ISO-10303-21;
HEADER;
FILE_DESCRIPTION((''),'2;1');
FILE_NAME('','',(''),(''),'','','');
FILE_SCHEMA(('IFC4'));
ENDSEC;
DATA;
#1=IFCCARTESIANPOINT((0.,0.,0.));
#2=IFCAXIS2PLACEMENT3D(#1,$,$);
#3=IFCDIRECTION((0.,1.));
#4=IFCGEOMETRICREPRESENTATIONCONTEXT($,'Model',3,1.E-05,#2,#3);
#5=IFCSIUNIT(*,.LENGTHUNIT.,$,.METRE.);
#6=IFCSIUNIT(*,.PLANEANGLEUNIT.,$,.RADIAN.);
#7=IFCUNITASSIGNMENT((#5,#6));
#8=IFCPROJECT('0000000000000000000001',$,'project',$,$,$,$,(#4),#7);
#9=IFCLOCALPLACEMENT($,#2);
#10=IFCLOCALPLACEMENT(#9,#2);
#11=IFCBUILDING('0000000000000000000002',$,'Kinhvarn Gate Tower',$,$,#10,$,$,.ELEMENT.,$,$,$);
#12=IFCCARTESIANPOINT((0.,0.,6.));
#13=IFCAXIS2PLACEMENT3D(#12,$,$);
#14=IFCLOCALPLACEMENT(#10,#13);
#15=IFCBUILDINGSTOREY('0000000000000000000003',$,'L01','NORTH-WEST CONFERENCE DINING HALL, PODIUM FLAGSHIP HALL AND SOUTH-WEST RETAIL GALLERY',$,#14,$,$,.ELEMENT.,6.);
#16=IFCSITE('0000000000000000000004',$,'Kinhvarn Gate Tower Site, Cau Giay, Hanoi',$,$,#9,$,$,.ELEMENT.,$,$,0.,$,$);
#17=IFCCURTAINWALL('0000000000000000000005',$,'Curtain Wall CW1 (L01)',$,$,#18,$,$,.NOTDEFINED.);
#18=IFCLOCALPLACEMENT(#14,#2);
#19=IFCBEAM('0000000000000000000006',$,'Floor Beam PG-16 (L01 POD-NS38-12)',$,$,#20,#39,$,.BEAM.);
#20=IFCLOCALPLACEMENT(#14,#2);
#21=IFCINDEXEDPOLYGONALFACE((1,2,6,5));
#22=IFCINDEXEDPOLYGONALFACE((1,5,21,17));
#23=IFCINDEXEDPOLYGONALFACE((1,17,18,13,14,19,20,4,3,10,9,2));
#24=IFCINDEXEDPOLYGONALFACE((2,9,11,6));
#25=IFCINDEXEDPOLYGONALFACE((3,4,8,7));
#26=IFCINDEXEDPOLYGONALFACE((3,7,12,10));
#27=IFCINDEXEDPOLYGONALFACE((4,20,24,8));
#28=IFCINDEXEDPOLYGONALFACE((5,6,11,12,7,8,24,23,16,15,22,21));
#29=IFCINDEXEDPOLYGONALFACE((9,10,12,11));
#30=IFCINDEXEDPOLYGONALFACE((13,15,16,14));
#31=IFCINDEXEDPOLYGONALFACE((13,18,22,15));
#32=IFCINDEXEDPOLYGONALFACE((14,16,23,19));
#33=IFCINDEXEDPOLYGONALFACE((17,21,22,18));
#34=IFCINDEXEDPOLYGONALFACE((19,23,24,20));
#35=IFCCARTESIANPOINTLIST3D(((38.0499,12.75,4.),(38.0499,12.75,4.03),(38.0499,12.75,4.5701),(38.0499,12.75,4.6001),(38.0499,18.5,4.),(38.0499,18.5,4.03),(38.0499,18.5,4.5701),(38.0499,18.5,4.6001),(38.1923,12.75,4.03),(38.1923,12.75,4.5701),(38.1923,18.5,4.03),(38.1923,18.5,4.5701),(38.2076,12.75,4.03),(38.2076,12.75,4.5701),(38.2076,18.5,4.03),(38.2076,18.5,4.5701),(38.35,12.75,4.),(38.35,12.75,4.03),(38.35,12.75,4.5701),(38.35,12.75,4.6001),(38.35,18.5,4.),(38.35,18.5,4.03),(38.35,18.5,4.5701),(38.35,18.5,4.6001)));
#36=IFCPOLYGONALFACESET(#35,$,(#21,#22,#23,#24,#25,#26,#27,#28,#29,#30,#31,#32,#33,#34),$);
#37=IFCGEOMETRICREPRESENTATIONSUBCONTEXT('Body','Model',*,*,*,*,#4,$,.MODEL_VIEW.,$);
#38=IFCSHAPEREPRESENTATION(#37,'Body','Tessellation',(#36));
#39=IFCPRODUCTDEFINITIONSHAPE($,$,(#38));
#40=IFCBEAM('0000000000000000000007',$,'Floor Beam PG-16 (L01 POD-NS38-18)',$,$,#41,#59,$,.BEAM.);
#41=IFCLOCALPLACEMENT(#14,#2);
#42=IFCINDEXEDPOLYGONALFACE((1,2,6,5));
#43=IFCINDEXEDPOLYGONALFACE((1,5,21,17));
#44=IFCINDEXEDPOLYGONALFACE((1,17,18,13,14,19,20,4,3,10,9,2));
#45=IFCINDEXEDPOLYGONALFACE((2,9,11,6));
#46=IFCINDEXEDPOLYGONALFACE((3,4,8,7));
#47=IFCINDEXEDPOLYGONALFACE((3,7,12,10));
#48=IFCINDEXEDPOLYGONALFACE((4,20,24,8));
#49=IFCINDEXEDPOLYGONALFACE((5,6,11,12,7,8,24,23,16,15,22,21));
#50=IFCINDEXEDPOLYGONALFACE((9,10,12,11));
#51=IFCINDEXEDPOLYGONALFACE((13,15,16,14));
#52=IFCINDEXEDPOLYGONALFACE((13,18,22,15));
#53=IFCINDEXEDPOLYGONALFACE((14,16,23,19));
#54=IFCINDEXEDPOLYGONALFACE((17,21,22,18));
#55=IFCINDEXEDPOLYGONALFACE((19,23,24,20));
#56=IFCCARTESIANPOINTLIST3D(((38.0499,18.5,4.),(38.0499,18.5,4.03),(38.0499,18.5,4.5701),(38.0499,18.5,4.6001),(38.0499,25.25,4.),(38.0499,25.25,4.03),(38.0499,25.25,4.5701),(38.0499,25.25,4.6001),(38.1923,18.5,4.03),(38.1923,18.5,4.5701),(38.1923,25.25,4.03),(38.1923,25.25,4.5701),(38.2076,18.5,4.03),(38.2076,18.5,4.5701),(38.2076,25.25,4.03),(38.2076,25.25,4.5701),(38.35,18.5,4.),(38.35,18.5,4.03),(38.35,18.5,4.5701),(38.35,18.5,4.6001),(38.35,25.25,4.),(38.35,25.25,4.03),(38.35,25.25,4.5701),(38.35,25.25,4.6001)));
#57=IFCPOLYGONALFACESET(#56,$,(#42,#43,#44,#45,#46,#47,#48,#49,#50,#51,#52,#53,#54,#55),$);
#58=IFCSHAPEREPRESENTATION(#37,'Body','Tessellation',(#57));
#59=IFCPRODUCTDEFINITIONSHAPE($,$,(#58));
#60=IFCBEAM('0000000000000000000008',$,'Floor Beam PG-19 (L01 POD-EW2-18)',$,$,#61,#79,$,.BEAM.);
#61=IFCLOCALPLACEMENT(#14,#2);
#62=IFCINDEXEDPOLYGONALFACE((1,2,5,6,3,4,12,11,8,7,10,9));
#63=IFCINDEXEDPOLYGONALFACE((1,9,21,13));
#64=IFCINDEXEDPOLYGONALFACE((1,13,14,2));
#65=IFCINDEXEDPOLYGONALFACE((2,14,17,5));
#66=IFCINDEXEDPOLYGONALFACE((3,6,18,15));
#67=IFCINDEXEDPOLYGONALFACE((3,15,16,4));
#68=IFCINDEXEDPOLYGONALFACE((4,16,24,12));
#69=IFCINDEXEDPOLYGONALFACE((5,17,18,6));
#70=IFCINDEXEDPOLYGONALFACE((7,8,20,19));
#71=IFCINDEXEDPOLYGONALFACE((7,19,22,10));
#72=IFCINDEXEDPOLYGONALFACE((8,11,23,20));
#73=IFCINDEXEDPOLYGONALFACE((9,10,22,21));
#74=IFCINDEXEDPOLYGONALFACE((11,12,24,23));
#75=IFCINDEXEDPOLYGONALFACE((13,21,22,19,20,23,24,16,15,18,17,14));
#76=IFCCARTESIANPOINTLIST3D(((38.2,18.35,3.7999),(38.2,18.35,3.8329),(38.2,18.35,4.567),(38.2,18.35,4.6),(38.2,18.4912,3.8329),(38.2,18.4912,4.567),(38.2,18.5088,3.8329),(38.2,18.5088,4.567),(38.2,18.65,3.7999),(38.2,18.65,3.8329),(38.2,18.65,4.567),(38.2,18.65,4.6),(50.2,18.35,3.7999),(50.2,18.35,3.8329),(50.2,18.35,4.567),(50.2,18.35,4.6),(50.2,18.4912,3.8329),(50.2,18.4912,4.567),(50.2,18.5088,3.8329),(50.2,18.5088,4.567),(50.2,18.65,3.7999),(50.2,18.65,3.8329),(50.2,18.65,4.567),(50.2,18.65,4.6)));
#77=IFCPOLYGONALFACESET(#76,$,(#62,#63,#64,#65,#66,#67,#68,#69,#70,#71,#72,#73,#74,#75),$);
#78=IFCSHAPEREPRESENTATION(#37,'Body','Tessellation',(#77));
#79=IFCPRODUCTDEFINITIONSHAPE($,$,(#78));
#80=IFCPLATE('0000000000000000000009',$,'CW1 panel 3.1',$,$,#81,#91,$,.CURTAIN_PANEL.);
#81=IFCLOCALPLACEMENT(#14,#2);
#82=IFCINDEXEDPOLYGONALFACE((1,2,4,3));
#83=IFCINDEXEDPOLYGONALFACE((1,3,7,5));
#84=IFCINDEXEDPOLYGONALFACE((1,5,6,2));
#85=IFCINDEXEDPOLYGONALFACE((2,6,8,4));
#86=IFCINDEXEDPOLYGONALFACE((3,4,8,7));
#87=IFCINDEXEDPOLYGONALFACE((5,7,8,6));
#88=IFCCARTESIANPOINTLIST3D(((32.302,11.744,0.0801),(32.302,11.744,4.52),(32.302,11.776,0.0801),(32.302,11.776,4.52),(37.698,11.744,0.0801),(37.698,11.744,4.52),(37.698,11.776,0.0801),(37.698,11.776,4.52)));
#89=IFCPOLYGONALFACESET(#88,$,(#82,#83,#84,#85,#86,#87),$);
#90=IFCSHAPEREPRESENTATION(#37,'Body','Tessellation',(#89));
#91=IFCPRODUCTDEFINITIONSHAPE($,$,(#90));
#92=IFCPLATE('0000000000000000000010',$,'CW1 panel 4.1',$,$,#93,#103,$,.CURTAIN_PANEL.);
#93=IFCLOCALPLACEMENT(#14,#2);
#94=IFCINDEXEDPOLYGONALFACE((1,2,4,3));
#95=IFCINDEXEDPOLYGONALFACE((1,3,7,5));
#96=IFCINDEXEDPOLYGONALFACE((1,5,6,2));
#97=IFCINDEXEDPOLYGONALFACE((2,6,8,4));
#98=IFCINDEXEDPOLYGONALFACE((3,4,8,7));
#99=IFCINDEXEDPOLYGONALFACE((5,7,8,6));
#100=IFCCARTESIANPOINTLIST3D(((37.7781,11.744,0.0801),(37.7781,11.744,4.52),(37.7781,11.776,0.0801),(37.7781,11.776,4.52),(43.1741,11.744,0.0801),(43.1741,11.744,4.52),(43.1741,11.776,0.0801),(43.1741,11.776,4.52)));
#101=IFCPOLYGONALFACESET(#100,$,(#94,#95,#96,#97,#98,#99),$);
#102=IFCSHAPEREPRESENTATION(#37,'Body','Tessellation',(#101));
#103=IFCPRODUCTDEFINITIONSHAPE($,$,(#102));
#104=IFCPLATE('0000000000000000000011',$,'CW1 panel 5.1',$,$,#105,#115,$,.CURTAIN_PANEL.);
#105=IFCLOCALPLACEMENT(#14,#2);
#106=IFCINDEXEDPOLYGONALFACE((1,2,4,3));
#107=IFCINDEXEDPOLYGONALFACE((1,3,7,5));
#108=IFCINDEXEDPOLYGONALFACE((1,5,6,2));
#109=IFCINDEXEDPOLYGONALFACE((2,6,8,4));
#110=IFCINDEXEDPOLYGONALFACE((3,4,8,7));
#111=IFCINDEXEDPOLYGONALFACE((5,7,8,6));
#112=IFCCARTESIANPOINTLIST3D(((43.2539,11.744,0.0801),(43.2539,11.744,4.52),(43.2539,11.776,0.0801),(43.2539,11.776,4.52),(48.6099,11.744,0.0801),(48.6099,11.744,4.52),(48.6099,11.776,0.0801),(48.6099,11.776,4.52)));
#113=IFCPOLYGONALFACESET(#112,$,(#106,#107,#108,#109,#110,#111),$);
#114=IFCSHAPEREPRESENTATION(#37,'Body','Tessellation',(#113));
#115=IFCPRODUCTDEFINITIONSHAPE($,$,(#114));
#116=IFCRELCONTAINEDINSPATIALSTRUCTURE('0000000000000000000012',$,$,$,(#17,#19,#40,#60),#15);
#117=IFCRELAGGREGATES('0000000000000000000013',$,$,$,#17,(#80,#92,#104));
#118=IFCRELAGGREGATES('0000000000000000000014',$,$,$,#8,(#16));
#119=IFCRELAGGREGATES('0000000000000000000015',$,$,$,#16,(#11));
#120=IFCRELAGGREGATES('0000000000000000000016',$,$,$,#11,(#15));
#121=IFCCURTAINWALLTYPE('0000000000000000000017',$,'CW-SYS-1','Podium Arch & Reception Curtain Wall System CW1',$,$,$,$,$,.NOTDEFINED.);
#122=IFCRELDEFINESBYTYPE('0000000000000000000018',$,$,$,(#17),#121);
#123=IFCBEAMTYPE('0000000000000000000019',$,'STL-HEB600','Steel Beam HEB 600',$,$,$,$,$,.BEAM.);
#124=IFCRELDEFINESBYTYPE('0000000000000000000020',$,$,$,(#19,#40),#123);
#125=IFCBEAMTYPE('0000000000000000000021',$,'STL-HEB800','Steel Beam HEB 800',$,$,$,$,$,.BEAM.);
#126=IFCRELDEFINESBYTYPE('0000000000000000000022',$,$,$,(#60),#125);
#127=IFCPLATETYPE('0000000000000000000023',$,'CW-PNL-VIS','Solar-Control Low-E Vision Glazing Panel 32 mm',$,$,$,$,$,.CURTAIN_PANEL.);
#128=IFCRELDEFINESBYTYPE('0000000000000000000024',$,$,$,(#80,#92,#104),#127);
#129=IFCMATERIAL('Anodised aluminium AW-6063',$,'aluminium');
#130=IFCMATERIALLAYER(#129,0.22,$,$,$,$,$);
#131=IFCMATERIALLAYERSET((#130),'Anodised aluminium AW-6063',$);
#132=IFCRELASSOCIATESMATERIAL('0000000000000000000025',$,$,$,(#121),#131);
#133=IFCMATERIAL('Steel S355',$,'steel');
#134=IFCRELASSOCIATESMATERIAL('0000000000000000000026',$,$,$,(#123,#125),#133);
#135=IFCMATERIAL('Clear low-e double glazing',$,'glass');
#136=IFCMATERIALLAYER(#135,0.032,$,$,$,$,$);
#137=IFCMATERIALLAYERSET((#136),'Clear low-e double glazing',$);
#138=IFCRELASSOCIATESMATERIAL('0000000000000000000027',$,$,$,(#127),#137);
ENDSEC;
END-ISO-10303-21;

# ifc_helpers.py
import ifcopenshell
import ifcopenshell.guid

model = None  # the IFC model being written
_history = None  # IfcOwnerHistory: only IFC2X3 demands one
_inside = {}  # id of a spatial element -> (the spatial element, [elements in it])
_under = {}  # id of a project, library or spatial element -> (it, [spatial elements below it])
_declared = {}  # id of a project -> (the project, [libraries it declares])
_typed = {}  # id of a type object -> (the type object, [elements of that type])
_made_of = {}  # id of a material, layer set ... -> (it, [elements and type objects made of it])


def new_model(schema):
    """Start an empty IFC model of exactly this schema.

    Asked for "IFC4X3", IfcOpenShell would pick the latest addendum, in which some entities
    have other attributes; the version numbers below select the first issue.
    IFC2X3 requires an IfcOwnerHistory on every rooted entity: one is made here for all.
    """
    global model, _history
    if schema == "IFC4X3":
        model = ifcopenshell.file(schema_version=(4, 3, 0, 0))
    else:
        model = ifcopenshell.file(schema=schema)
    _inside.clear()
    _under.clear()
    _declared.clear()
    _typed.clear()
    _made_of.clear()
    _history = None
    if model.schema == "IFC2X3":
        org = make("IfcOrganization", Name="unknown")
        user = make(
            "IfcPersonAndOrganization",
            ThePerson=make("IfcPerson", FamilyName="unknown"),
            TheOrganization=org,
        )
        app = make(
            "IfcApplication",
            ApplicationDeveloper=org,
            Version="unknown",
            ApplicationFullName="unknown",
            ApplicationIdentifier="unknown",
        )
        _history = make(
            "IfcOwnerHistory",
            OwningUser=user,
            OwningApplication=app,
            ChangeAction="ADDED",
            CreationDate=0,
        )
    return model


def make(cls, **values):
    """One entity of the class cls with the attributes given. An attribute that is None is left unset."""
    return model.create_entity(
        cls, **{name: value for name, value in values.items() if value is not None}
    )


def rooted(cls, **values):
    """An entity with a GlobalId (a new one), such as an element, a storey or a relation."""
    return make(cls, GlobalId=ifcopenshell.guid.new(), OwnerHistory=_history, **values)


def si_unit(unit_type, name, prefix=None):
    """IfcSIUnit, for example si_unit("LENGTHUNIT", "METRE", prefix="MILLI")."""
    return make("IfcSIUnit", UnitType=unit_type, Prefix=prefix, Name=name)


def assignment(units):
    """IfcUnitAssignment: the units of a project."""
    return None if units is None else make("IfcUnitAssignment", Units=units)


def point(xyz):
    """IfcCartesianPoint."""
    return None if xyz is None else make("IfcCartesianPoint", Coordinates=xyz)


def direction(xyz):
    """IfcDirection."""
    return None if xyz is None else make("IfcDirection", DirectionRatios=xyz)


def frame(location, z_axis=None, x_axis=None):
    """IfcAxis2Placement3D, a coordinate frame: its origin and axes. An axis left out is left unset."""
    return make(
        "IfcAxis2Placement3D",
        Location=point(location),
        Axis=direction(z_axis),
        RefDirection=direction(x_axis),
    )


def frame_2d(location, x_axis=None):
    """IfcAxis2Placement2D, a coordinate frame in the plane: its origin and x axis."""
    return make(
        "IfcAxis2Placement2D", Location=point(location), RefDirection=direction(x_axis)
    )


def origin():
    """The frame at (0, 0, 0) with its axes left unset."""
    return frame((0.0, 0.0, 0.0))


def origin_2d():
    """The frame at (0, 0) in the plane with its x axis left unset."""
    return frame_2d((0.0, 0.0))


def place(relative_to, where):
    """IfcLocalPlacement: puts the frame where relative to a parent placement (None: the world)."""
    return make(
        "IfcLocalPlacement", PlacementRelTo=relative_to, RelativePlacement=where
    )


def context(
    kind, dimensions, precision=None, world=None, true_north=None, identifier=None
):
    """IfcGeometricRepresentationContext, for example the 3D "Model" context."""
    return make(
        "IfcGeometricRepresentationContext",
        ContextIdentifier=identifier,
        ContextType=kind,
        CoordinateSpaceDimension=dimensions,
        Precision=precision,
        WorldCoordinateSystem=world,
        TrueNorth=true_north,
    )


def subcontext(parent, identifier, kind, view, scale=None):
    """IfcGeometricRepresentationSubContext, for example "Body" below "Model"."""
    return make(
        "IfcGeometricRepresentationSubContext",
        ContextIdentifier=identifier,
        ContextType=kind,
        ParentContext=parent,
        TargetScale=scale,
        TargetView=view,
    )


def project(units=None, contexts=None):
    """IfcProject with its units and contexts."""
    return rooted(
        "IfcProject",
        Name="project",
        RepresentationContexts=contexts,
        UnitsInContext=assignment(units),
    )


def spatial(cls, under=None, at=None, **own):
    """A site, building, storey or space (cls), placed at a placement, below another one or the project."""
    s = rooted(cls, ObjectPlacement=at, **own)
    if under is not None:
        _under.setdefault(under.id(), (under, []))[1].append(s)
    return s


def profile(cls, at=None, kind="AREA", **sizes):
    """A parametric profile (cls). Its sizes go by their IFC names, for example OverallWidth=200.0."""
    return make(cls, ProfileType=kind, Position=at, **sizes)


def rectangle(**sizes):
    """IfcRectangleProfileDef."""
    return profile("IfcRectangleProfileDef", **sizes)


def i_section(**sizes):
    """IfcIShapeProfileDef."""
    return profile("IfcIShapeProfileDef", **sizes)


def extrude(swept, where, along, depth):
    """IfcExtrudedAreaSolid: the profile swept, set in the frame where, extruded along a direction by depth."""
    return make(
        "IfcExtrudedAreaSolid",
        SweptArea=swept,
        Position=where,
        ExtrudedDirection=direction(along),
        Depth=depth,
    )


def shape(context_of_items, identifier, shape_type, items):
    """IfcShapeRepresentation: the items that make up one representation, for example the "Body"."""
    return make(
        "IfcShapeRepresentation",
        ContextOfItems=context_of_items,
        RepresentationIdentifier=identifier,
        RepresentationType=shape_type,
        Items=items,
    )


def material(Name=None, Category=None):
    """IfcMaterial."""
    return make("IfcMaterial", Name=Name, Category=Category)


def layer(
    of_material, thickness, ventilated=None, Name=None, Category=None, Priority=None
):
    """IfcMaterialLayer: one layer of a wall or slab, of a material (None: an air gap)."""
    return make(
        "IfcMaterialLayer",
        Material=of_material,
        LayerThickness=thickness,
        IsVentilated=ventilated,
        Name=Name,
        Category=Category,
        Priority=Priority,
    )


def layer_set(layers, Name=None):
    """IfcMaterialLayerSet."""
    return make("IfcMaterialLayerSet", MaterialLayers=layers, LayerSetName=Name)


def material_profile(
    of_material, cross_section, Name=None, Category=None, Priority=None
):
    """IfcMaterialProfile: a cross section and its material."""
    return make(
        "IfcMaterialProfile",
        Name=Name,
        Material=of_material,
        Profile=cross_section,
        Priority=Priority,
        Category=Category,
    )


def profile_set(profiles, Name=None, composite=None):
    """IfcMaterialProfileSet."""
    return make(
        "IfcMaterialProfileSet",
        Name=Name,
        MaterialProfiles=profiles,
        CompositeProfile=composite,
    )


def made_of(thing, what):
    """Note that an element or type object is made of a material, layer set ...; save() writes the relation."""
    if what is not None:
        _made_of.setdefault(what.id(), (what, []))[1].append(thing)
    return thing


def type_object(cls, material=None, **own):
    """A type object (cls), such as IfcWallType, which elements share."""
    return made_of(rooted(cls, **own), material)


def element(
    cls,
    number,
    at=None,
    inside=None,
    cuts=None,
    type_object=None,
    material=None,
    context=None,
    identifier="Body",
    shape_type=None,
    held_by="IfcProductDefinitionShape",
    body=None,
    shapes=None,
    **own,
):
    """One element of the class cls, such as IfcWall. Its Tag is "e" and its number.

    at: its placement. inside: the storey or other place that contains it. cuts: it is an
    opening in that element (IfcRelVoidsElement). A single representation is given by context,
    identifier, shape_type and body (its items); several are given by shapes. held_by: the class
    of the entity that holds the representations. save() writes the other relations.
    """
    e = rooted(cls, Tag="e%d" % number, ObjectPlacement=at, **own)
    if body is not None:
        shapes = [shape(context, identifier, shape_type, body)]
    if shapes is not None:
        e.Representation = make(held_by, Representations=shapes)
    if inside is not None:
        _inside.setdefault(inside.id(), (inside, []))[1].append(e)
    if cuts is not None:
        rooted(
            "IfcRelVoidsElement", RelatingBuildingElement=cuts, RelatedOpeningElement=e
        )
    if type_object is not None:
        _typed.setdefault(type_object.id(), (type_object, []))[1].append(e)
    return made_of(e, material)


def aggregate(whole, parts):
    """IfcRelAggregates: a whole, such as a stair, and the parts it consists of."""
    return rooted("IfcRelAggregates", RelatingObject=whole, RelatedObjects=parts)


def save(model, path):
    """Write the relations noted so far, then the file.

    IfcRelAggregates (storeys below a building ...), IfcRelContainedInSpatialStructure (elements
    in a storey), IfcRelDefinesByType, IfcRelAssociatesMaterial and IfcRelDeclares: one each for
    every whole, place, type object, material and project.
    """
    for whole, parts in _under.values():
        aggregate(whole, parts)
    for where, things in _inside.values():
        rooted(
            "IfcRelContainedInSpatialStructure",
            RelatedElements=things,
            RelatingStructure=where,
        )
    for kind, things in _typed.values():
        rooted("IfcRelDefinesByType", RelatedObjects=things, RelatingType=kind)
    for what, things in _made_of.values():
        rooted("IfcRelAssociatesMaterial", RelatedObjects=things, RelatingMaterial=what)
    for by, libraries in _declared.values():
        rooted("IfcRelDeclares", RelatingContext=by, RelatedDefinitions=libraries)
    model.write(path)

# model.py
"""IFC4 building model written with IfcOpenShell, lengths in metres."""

from ifc_helpers import new_model, si_unit, direction, frame, origin, origin_2d, place, context, subcontext, project, spatial, rectangle, i_section, extrude, material, layer, layer_set, material_profile, profile_set, type_object, element, aggregate, save


model = new_model("IFC4")

# Units and contexts
model_context = context("Model", 3, precision=1e-05, world=origin(), true_north=direction((0.0, 1.0)))
body_context = subcontext(model_context, "Body", "Model", "MODEL_VIEW")
ifc_project = project(units=[si_unit("LENGTHUNIT", "METRE"), si_unit("PLANEANGLEUNIT", "RADIAN")], contexts=[model_context])

# Site, building, storey
site_placement = place(None, origin())
site = spatial("IfcSite", under=ifc_project, at=site_placement, Name="Kinhvarn Gate Tower Site, Cau Giay, Hanoi", CompositionType="ELEMENT", RefElevation=0.0)
building_placement = place(site_placement, origin())
building = spatial("IfcBuilding", under=site, at=building_placement, Name="Kinhvarn Gate Tower", CompositionType="ELEMENT")
storey_placement = place(building_placement, frame((0.0, 0.0, 6.0)))
storey = spatial("IfcBuildingStorey", under=building, at=storey_placement, Name="L01", Description="NORTH-WEST CONFERENCE DINING HALL, PODIUM FLAGSHIP HALL AND SOUTH-WEST RETAIL GALLERY", CompositionType="ELEMENT", Elevation=6.0)

# Curtain wall
ifc_material_1 = material(Name="Anodised aluminium AW-6063", Category="aluminium")
ifc_layer_1 = layer(ifc_material_1, 0.22)
ifc_layer_set_1 = layer_set([ifc_layer_1], Name="Anodised aluminium AW-6063")
curtain_wall_type = type_object("IfcCurtainWallType", Name="CW-SYS-1", Description="Podium Arch & Reception Curtain Wall System CW1", PredefinedType="NOTDEFINED", material=ifc_layer_set_1)
curtain_wall_placement = place(storey_placement, origin())
curtain_wall = element("IfcCurtainWall", 1, at=curtain_wall_placement, inside=storey, type_object=curtain_wall_type, Name="Curtain Wall CW1 (L01)", PredefinedType="NOTDEFINED")

# Beams
ifc_material_2 = material(Name="Steel S355", Category="steel")
ifc_material_profile_1 = material_profile(ifc_material_2, i_section(OverallWidth=0.3, OverallDepth=0.6001, WebThickness=0.0154, FlangeThickness=0.03, at=origin_2d()), Name="HEB 600")
ifc_profile_set_1 = profile_set([ifc_material_profile_1], Name="Steel S355")
beam_type_1 = type_object("IfcBeamType", Name="STL-HEB600", Description="Steel Beam HEB 600", PredefinedType="BEAM", material=ifc_profile_set_1)
beam_1_placement = place(storey_placement, frame((38.2, 12.75, 4.3), z_axis=(0.0, 1.0, 0.0), x_axis=(-1.0, 0.0, 0.0)))
element("IfcBeam", 2, at=beam_1_placement, inside=storey, type_object=beam_type_1, Name="Floor Beam PG-16 (L01 POD-NS38-12)", PredefinedType="BEAM", context=body_context, shape_type="SweptSolid", body=[
    extrude(i_section(OverallWidth=0.3, OverallDepth=0.6001, WebThickness=0.0154, FlangeThickness=0.03, at=origin_2d()), origin(), (0.0, 0.0, 1.0), 5.75),
])
beam_2_placement = place(storey_placement, frame((38.2, 18.5, 4.3), z_axis=(0.0, 1.0, 0.0), x_axis=(-1.0, 0.0, 0.0)))
element("IfcBeam", 3, at=beam_2_placement, inside=storey, type_object=beam_type_1, Name="Floor Beam PG-16 (L01 POD-NS38-18)", PredefinedType="BEAM", context=body_context, shape_type="SweptSolid", body=[
    extrude(i_section(OverallWidth=0.3, OverallDepth=0.6001, WebThickness=0.0154, FlangeThickness=0.03, at=origin_2d()), origin(), (0.0, 0.0, 1.0), 6.75),
])
ifc_material_profile_2 = material_profile(ifc_material_2, i_section(OverallWidth=0.3, OverallDepth=0.8, WebThickness=0.0176, FlangeThickness=0.033, at=origin_2d()), Name="HEB 800")
ifc_profile_set_2 = profile_set([ifc_material_profile_2], Name="Steel S355")
beam_type_2 = type_object("IfcBeamType", Name="STL-HEB800", Description="Steel Beam HEB 800", PredefinedType="BEAM", material=ifc_profile_set_2)
beam_3_placement = place(storey_placement, frame((38.2, 18.5, 4.2), z_axis=(1.0, 0.0, 0.0), x_axis=(0.0, 1.0, 0.0)))
element("IfcBeam", 4, at=beam_3_placement, inside=storey, type_object=beam_type_2, Name="Floor Beam PG-19 (L01 POD-EW2-18)", PredefinedType="BEAM", context=body_context, shape_type="SweptSolid", body=[
    extrude(i_section(OverallWidth=0.3, OverallDepth=0.8, WebThickness=0.0176, FlangeThickness=0.033, at=origin_2d()), origin(), (0.0, 0.0, 1.0), 12.0),
])

# Plates
ifc_material_3 = material(Name="Clear low-e double glazing", Category="glass")
ifc_layer_2 = layer(ifc_material_3, 0.032)
ifc_layer_set_2 = layer_set([ifc_layer_2], Name="Clear low-e double glazing")
plate_type = type_object("IfcPlateType", Name="CW-PNL-VIS", Description="Solar-Control Low-E Vision Glazing Panel 32 mm", PredefinedType="CURTAIN_PANEL", material=ifc_layer_set_2)
plate_1_placement = place(storey_placement, frame((35.0, 11.76, 0.0801), z_axis=(0.0, 0.0, 1.0), x_axis=(1.0, 0.0, 0.0)))
plate_1 = element("IfcPlate", 5, at=plate_1_placement, type_object=plate_type, Name="CW1 panel 3.1", PredefinedType="CURTAIN_PANEL", context=body_context, shape_type="SweptSolid", body=[
    extrude(rectangle(XDim=5.396, YDim=0.032, at=origin_2d()), origin(), (0.0, 0.0, 1.0), 4.4399),
])
plate_2_placement = place(storey_placement, frame((40.4761, 11.76, 0.0801), z_axis=(0.0, 0.0, 1.0), x_axis=(1.0, 0.0, 0.0)))
plate_2 = element("IfcPlate", 6, at=plate_2_placement, type_object=plate_type, Name="CW1 panel 4.1", PredefinedType="CURTAIN_PANEL", context=body_context, shape_type="SweptSolid", body=[
    extrude(rectangle(XDim=5.396, YDim=0.032, at=origin_2d()), origin(), (0.0, 0.0, 1.0), 4.4399),
])
plate_3_placement = place(storey_placement, frame((45.9319, 11.76, 0.0801), z_axis=(0.0, 0.0, 1.0), x_axis=(1.0, 0.0, 0.0)))
plate_3 = element("IfcPlate", 7, at=plate_3_placement, type_object=plate_type, Name="CW1 panel 5.1", PredefinedType="CURTAIN_PANEL", context=body_context, shape_type="SweptSolid", body=[
    extrude(rectangle(XDim=5.356, YDim=0.032, at=origin_2d()), origin(), (0.0, 0.0, 1.0), 4.4399),
])
aggregate(curtain_wall, [plate_1, plate_2, plate_3])

save(model, "model.ifc")
